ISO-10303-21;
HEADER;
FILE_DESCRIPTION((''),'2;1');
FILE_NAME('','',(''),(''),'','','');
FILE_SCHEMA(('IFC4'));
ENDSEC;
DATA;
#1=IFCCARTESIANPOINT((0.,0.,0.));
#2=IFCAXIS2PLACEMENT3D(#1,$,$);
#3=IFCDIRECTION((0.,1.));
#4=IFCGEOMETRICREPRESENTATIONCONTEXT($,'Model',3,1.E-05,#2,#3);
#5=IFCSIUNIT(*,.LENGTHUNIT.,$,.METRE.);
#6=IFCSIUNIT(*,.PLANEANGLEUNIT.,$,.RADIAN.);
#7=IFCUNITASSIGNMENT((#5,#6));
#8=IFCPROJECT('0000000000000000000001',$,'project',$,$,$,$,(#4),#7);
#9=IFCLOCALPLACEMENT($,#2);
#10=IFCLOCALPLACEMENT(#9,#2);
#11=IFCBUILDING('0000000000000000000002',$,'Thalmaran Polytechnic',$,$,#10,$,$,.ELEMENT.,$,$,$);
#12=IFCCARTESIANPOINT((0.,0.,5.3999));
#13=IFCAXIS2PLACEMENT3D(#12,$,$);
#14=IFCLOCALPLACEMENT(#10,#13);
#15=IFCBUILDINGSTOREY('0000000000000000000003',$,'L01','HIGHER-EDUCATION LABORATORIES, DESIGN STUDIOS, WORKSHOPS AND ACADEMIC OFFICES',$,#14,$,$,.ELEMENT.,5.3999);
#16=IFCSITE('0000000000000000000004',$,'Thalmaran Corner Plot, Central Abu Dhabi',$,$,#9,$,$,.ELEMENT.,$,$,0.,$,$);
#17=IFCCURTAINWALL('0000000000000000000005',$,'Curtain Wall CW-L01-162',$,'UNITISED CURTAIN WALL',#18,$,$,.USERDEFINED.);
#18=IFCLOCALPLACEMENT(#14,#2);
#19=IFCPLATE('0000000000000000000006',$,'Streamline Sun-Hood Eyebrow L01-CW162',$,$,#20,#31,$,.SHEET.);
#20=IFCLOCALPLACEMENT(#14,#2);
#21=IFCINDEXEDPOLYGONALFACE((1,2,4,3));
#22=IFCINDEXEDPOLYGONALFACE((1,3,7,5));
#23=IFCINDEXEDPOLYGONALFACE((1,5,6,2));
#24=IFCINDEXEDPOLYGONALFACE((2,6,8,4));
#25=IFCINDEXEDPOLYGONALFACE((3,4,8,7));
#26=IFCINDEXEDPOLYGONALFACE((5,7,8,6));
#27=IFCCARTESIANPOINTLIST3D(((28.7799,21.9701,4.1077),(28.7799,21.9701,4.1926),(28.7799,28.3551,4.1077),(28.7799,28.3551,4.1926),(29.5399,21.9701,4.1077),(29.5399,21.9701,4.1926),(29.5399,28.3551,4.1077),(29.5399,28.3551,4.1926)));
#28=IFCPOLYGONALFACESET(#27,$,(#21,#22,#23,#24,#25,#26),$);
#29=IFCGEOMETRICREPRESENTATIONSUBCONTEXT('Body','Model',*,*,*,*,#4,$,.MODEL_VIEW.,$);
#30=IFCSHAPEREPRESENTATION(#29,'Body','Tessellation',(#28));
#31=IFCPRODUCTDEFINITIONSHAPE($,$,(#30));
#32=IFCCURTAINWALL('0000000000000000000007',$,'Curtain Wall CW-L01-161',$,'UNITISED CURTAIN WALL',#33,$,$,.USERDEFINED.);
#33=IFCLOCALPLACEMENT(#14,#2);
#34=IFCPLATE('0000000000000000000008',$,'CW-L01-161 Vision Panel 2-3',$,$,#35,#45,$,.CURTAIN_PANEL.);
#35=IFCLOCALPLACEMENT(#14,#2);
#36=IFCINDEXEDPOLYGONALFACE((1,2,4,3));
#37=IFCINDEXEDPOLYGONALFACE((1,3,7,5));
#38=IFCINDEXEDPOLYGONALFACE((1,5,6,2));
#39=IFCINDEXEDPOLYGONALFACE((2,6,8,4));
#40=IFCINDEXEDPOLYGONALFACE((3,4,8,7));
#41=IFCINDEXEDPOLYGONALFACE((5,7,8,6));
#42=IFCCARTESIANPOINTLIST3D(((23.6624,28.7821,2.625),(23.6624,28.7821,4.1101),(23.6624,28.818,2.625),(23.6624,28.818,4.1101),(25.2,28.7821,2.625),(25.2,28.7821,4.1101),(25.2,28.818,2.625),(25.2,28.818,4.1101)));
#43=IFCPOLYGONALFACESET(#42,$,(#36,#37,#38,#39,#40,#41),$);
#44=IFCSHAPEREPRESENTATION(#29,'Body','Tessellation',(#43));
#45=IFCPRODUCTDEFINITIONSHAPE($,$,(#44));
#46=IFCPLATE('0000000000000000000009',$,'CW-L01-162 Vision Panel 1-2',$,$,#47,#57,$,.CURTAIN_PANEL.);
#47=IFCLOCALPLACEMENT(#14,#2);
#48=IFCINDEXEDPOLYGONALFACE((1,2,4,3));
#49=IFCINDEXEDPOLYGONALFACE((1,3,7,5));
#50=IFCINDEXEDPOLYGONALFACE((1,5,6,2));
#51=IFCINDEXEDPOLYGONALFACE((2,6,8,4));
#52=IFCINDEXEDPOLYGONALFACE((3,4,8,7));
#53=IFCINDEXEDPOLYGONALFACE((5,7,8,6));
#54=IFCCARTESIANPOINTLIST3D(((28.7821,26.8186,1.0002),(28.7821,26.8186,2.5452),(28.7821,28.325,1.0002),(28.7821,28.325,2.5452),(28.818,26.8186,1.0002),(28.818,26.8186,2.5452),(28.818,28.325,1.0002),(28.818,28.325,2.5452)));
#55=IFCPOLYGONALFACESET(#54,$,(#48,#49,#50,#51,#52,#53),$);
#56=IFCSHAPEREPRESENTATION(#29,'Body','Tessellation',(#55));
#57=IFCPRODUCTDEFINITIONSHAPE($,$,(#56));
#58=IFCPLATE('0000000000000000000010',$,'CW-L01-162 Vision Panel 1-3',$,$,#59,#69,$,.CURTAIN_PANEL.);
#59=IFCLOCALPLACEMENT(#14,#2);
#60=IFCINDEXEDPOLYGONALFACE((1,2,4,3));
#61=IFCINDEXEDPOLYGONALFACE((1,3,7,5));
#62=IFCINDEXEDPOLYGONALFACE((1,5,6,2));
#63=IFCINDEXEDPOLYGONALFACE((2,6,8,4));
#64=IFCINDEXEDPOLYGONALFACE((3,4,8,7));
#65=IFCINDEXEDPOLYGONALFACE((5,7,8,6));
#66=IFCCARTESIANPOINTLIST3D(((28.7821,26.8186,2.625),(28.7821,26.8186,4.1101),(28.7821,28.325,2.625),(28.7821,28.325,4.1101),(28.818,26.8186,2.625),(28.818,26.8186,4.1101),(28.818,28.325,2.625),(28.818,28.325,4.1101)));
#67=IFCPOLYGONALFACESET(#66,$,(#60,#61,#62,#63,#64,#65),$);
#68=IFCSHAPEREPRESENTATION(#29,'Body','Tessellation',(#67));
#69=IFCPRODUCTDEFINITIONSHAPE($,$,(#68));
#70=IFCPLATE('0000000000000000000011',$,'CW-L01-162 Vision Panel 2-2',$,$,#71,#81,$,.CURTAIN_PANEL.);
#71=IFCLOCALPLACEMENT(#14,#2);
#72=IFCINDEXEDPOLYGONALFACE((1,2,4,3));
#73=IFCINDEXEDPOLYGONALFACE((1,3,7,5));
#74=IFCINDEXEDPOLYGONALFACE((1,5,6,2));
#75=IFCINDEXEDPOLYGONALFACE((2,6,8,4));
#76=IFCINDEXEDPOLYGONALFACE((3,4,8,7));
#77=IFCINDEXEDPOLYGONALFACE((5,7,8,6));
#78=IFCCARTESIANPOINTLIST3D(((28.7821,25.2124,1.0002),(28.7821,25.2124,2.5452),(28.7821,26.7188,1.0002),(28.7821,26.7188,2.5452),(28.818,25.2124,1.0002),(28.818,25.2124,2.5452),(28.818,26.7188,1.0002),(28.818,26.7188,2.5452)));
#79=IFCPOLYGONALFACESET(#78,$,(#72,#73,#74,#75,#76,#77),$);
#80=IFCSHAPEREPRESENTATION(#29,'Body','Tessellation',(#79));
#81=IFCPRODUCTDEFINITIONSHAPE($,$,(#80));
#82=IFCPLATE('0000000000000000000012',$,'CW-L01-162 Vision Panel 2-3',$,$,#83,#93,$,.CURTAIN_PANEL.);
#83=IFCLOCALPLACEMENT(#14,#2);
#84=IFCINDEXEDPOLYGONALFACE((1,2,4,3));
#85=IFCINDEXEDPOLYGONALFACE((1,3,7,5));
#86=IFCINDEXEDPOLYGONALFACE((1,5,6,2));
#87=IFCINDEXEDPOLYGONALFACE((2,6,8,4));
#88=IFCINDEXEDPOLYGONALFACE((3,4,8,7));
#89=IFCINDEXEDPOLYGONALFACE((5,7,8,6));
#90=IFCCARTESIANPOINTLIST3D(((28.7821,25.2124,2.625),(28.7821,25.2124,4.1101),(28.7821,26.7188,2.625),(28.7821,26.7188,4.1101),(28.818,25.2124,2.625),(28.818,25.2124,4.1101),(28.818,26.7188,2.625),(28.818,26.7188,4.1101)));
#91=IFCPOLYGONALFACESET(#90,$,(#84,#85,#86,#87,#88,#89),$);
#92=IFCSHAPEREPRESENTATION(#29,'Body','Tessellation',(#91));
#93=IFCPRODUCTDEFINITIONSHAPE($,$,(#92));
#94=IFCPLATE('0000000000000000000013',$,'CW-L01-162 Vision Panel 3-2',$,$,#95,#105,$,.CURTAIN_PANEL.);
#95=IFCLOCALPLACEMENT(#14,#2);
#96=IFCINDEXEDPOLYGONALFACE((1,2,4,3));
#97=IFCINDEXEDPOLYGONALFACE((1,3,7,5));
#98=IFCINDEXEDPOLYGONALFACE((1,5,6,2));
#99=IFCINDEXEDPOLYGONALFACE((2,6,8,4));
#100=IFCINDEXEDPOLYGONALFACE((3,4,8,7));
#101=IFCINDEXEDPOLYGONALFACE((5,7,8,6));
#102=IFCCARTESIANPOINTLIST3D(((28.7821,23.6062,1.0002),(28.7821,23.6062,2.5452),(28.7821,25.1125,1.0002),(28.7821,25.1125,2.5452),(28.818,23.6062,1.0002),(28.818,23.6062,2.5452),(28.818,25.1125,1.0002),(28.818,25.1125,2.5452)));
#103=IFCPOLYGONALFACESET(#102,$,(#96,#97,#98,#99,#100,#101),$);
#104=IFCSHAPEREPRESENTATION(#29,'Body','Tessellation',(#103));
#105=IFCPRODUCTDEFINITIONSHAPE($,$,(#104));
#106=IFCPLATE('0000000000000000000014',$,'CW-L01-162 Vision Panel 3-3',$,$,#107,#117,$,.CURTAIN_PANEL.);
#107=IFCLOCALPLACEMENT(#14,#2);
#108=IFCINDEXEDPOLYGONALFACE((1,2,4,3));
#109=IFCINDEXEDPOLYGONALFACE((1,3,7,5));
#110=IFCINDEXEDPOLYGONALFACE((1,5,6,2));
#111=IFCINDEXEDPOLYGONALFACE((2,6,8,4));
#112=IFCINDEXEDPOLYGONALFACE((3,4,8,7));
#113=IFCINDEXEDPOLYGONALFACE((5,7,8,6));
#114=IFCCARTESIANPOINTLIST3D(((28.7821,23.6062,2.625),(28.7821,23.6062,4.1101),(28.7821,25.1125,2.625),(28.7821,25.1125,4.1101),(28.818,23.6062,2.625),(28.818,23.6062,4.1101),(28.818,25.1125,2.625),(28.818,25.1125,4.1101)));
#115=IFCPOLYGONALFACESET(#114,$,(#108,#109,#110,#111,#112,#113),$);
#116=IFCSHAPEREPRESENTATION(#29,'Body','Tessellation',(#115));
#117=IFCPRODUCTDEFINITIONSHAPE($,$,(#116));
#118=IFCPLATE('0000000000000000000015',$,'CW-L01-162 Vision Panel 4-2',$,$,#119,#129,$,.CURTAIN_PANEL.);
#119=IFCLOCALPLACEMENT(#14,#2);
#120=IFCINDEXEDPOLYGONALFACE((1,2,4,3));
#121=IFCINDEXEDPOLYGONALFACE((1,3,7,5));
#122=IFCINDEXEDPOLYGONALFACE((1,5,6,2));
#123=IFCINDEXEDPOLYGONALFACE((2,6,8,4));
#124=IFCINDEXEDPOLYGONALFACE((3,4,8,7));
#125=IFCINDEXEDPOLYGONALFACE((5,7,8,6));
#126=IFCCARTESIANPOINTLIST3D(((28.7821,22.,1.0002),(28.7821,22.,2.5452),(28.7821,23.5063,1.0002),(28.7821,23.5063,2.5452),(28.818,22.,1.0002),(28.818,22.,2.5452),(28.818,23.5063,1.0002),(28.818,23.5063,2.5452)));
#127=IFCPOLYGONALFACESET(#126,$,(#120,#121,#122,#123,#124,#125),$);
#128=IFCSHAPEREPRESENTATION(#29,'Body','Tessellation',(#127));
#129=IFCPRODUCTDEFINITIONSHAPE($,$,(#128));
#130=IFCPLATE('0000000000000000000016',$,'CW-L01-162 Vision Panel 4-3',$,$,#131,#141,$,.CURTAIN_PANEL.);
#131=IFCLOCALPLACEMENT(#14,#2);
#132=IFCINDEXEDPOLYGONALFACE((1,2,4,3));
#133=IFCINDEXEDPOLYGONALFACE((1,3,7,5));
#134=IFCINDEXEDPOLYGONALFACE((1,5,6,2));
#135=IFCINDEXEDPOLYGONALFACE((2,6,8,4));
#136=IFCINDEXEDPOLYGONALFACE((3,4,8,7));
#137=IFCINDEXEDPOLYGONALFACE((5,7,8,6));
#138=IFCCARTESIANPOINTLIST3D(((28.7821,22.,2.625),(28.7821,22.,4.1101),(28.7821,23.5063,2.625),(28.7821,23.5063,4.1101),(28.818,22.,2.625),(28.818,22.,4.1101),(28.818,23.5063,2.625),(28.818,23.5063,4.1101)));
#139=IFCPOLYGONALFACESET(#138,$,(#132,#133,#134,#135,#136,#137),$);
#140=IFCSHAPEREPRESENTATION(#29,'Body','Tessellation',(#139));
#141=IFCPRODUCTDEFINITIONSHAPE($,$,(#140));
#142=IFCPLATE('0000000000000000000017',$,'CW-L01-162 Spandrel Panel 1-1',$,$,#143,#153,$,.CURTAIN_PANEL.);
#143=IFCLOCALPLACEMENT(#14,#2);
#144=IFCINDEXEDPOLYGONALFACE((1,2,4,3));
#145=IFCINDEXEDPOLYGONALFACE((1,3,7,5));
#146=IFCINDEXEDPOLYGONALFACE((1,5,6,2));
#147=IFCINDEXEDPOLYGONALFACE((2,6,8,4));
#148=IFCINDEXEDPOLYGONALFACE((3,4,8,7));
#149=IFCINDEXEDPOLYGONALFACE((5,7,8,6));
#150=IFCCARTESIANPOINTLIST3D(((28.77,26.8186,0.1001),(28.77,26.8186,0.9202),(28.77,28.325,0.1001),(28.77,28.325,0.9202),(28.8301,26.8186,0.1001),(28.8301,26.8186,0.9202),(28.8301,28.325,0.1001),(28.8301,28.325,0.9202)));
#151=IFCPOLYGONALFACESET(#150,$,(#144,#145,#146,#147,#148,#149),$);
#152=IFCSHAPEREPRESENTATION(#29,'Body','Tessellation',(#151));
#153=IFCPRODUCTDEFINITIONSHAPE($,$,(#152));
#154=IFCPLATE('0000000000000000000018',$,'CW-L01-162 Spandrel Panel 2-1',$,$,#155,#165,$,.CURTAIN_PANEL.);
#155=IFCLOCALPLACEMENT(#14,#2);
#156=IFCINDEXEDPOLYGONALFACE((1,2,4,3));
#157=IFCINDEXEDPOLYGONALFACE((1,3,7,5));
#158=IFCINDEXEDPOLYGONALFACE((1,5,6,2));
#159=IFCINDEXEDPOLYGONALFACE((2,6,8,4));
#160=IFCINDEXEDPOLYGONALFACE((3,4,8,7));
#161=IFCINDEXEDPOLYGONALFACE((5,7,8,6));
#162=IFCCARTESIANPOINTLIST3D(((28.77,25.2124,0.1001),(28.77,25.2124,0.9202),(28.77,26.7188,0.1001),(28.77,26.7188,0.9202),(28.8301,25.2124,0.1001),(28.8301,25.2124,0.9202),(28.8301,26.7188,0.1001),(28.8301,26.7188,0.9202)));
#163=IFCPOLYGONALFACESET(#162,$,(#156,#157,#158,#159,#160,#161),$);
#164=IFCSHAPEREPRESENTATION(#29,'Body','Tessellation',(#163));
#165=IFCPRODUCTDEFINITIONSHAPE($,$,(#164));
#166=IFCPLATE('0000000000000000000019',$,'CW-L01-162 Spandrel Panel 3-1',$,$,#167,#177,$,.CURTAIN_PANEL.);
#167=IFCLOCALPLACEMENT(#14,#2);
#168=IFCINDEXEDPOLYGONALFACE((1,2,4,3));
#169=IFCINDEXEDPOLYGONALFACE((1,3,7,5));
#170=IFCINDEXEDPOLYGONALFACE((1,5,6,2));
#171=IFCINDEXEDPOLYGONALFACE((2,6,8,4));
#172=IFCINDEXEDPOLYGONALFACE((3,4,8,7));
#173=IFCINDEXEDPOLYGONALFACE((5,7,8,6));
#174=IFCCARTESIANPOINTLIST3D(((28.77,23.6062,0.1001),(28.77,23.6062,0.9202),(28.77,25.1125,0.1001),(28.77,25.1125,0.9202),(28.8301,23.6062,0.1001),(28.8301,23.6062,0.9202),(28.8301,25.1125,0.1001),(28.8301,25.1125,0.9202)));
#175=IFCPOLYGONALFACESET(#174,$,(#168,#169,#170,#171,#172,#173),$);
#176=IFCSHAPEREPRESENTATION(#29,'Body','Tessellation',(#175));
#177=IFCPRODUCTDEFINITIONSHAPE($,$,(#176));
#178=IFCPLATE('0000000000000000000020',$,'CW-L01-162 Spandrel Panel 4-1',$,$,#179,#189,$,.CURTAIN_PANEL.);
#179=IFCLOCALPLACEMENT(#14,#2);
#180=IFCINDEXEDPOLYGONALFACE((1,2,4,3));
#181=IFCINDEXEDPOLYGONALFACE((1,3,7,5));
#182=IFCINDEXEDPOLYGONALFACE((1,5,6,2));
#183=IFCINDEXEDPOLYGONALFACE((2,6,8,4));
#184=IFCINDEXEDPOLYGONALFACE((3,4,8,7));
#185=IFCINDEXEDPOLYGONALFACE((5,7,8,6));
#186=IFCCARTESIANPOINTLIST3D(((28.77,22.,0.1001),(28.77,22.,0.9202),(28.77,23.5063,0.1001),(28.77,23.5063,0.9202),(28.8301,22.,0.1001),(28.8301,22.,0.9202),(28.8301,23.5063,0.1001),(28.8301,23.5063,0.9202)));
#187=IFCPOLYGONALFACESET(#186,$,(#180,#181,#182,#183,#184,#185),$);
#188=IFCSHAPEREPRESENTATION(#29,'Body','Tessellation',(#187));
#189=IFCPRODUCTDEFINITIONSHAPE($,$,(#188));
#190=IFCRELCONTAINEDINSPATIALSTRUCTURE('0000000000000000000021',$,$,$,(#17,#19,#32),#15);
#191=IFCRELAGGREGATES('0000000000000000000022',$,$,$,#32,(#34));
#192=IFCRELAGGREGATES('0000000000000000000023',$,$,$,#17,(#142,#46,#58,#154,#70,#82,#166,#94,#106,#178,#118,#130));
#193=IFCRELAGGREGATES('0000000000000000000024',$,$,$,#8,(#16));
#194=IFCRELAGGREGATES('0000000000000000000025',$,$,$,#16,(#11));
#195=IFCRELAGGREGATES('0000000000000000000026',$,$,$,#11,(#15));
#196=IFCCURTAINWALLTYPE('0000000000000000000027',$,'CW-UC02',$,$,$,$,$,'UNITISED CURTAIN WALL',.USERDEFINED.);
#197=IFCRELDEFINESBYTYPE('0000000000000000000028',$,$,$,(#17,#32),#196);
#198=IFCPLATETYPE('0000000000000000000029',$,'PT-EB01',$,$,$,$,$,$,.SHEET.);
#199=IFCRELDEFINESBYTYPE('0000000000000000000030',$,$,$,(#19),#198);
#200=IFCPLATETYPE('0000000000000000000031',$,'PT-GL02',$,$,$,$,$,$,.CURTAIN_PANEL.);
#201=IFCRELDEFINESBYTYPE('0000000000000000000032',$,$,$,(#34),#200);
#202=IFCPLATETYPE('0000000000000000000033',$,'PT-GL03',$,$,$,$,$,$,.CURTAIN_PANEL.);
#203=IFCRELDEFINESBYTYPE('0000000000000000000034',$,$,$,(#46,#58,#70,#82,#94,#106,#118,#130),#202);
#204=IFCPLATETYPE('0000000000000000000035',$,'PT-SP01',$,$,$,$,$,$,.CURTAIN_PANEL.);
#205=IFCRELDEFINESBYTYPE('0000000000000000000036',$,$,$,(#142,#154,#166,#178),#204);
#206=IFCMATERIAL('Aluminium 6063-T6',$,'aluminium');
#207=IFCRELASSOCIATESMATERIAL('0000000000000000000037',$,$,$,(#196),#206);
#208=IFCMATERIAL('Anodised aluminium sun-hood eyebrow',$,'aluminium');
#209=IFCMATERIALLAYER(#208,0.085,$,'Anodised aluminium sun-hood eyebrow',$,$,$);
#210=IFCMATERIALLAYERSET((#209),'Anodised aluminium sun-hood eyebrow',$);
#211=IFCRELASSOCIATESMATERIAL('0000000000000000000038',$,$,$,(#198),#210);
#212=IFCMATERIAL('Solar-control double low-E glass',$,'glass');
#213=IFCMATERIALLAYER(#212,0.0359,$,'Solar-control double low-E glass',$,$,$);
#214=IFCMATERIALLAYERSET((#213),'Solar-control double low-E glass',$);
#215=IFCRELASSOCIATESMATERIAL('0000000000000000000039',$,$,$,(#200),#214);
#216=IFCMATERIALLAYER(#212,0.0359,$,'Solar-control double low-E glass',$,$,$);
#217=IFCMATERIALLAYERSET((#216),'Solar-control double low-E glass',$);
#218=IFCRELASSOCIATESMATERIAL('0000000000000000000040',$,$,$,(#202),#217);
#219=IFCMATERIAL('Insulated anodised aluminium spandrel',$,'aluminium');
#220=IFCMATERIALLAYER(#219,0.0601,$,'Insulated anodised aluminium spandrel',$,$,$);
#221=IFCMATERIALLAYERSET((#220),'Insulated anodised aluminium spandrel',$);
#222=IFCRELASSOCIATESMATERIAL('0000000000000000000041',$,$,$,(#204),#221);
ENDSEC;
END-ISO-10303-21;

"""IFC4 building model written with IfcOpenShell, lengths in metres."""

from ifc_helpers import new_model, si_unit, direction, frame, origin, origin_2d, place, context, subcontext, project, spatial, rectangle, extrude, material, layer, layer_set, type_object, element, aggregate, save


model = new_model("IFC4")

# Units and contexts
model_context = context("Model", 3, precision=1e-05, world=origin(), true_north=direction((0.0, 1.0)))
body_context = subcontext(model_context, "Body", "Model", "MODEL_VIEW")
ifc_project = project(units=[si_unit("LENGTHUNIT", "METRE"), si_unit("PLANEANGLEUNIT", "RADIAN")], contexts=[model_context])

# Site, building, storey
site_placement = place(None, origin())
site = spatial("IfcSite", under=ifc_project, at=site_placement, Name="Thalmaran Corner Plot, Central Abu Dhabi", CompositionType="ELEMENT", RefElevation=0.0)
building_placement = place(site_placement, origin())
building = spatial("IfcBuilding", under=site, at=building_placement, Name="Thalmaran Polytechnic", CompositionType="ELEMENT")
storey_placement = place(building_placement, frame((0.0, 0.0, 5.3999)))
storey = spatial("IfcBuildingStorey", under=building, at=storey_placement, Name="L01", Description="HIGHER-EDUCATION LABORATORIES, DESIGN STUDIOS, WORKSHOPS AND ACADEMIC OFFICES", CompositionType="ELEMENT", Elevation=5.3999)

# Curtain wall
ifc_material_1 = material(Name="Aluminium 6063-T6", Category="aluminium")
curtain_wall_type = type_object("IfcCurtainWallType", Name="CW-UC02", ElementType="UNITISED CURTAIN WALL", PredefinedType="USERDEFINED", material=ifc_material_1)
curtain_wall_1_placement = place(storey_placement, origin())
curtain_wall_1 = element("IfcCurtainWall", 1, at=curtain_wall_1_placement, inside=storey, type_object=curtain_wall_type, Name="Curtain Wall CW-L01-162", ObjectType="UNITISED CURTAIN WALL", PredefinedType="USERDEFINED")

# Plate
ifc_material_2 = material(Name="Anodised aluminium sun-hood eyebrow", Category="aluminium")
ifc_layer_1 = layer(ifc_material_2, 0.085, Name="Anodised aluminium sun-hood eyebrow")
ifc_layer_set_1 = layer_set([ifc_layer_1], Name="Anodised aluminium sun-hood eyebrow")
plate_type_1 = type_object("IfcPlateType", Name="PT-EB01", PredefinedType="SHEET", material=ifc_layer_set_1)
plate_1_placement = place(storey_placement, frame((29.1599, 25.1626, 4.1077), z_axis=(0.0, 0.0, 1.0), x_axis=(0.0, -1.0, 0.0)))
element("IfcPlate", 2, at=plate_1_placement, inside=storey, type_object=plate_type_1, Name="Streamline Sun-Hood Eyebrow L01-CW162", PredefinedType="SHEET", context=body_context, shape_type="SweptSolid", body=[
    extrude(rectangle(XDim=6.385, YDim=0.76, at=origin_2d()), origin(), (0.0, 0.0, 1.0), 0.085),
])

# Curtain wall, plate
curtain_wall_2_placement = place(storey_placement, origin())
curtain_wall_2 = element("IfcCurtainWall", 3, at=curtain_wall_2_placement, inside=storey, type_object=curtain_wall_type, Name="Curtain Wall CW-L01-161", ObjectType="UNITISED CURTAIN WALL", PredefinedType="USERDEFINED")
ifc_material_3 = material(Name="Solar-control double low-E glass", Category="glass")
ifc_layer_2 = layer(ifc_material_3, 0.0359, Name="Solar-control double low-E glass")
ifc_layer_set_2 = layer_set([ifc_layer_2], Name="Solar-control double low-E glass")
plate_type_2 = type_object("IfcPlateType", Name="PT-GL02", PredefinedType="CURTAIN_PANEL", material=ifc_layer_set_2)
plate_2_placement = place(storey_placement, frame((24.4312, 28.8, 2.625), z_axis=(0.0, 0.0, 1.0), x_axis=(1.0, 0.0, 0.0)))
plate_2 = element("IfcPlate", 4, at=plate_2_placement, type_object=plate_type_2, Name="CW-L01-161 Vision Panel 2-3", PredefinedType="CURTAIN_PANEL", context=body_context, shape_type="SweptSolid", body=[
    extrude(rectangle(XDim=1.5376, YDim=0.0359, at=origin_2d()), origin(), (0.0, 0.0, 1.0), 1.4851),
])
aggregate(curtain_wall_2, [plate_2])

# Plates
ifc_layer_3 = layer(ifc_material_3, 0.0359, Name="Solar-control double low-E glass")
ifc_layer_set_3 = layer_set([ifc_layer_3], Name="Solar-control double low-E glass")
plate_type_3 = type_object("IfcPlateType", Name="PT-GL03", PredefinedType="CURTAIN_PANEL", material=ifc_layer_set_3)
plate_3_placement = place(storey_placement, frame((28.8, 27.5718, 1.0002), z_axis=(0.0, 0.0, 1.0), x_axis=(0.0, -1.0, 0.0)))
plate_3 = element("IfcPlate", 5, at=plate_3_placement, type_object=plate_type_3, Name="CW-L01-162 Vision Panel 1-2", PredefinedType="CURTAIN_PANEL", context=body_context, shape_type="SweptSolid", body=[
    extrude(rectangle(XDim=1.5063, YDim=0.0359, at=origin_2d()), origin(), (0.0, 0.0, 1.0), 1.5449),
])
plate_4_placement = place(storey_placement, frame((28.8, 27.5718, 2.625), z_axis=(0.0, 0.0, 1.0), x_axis=(0.0, -1.0, 0.0)))
plate_4 = element("IfcPlate", 6, at=plate_4_placement, type_object=plate_type_3, Name="CW-L01-162 Vision Panel 1-3", PredefinedType="CURTAIN_PANEL", context=body_context, shape_type="SweptSolid", body=[
    extrude(rectangle(XDim=1.5063, YDim=0.0359, at=origin_2d()), origin(), (0.0, 0.0, 1.0), 1.4851),
])
plate_5_placement = place(storey_placement, frame((28.8, 25.9656, 1.0002), z_axis=(0.0, 0.0, 1.0), x_axis=(0.0, -1.0, 0.0)))
plate_5 = element("IfcPlate", 7, at=plate_5_placement, type_object=plate_type_3, Name="CW-L01-162 Vision Panel 2-2", PredefinedType="CURTAIN_PANEL", context=body_context, shape_type="SweptSolid", body=[
    extrude(rectangle(XDim=1.5063, YDim=0.0359, at=origin_2d()), origin(), (0.0, 0.0, 1.0), 1.5449),
])
plate_6_placement = place(storey_placement, frame((28.8, 25.9656, 2.625), z_axis=(0.0, 0.0, 1.0), x_axis=(0.0, -1.0, 0.0)))
plate_6 = element("IfcPlate", 8, at=plate_6_placement, type_object=plate_type_3, Name="CW-L01-162 Vision Panel 2-3", PredefinedType="CURTAIN_PANEL", context=body_context, shape_type="SweptSolid", body=[
    extrude(rectangle(XDim=1.5063, YDim=0.0359, at=origin_2d()), origin(), (0.0, 0.0, 1.0), 1.4851),
])
plate_7_placement = place(storey_placement, frame((28.8, 24.3594, 1.0002), z_axis=(0.0, 0.0, 1.0), x_axis=(0.0, -1.0, 0.0)))
plate_7 = element("IfcPlate", 9, at=plate_7_placement, type_object=plate_type_3, Name="CW-L01-162 Vision Panel 3-2", PredefinedType="CURTAIN_PANEL", context=body_context, shape_type="SweptSolid", body=[
    extrude(rectangle(XDim=1.5063, YDim=0.0359, at=origin_2d()), origin(), (0.0, 0.0, 1.0), 1.5449),
])
plate_8_placement = place(storey_placement, frame((28.8, 24.3594, 2.625), z_axis=(0.0, 0.0, 1.0), x_axis=(0.0, -1.0, 0.0)))
plate_8 = element("IfcPlate", 10, at=plate_8_placement, type_object=plate_type_3, Name="CW-L01-162 Vision Panel 3-3", PredefinedType="CURTAIN_PANEL", context=body_context, shape_type="SweptSolid", body=[
    extrude(rectangle(XDim=1.5063, YDim=0.0359, at=origin_2d()), origin(), (0.0, 0.0, 1.0), 1.4851),
])
plate_9_placement = place(storey_placement, frame((28.8, 22.7532, 1.0002), z_axis=(0.0, 0.0, 1.0), x_axis=(0.0, -1.0, 0.0)))
plate_9 = element("IfcPlate", 11, at=plate_9_placement, type_object=plate_type_3, Name="CW-L01-162 Vision Panel 4-2", PredefinedType="CURTAIN_PANEL", context=body_context, shape_type="SweptSolid", body=[
    extrude(rectangle(XDim=1.5063, YDim=0.0359, at=origin_2d()), origin(), (0.0, 0.0, 1.0), 1.5449),
])
plate_10_placement = place(storey_placement, frame((28.8, 22.7532, 2.625), z_axis=(0.0, 0.0, 1.0), x_axis=(0.0, -1.0, 0.0)))
plate_10 = element("IfcPlate", 12, at=plate_10_placement, type_object=plate_type_3, Name="CW-L01-162 Vision Panel 4-3", PredefinedType="CURTAIN_PANEL", context=body_context, shape_type="SweptSolid", body=[
    extrude(rectangle(XDim=1.5063, YDim=0.0359, at=origin_2d()), origin(), (0.0, 0.0, 1.0), 1.4851),
])
ifc_material_4 = material(Name="Insulated anodised aluminium spandrel", Category="aluminium")
ifc_layer_4 = layer(ifc_material_4, 0.0601, Name="Insulated anodised aluminium spandrel")
ifc_layer_set_4 = layer_set([ifc_layer_4], Name="Insulated anodised aluminium spandrel")
plate_type_4 = type_object("IfcPlateType", Name="PT-SP01", PredefinedType="CURTAIN_PANEL", material=ifc_layer_set_4)
plate_11_placement = place(storey_placement, frame((28.8, 27.5718, 0.1001), z_axis=(0.0, 0.0, 1.0), x_axis=(0.0, -1.0, 0.0)))
plate_11 = element("IfcPlate", 13, at=plate_11_placement, type_object=plate_type_4, Name="CW-L01-162 Spandrel Panel 1-1", PredefinedType="CURTAIN_PANEL", context=body_context, shape_type="SweptSolid", body=[
    extrude(rectangle(XDim=1.5063, YDim=0.0601, at=origin_2d()), origin(), (0.0, 0.0, 1.0), 0.8201),
])
plate_12_placement = place(storey_placement, frame((28.8, 25.9656, 0.1001), z_axis=(0.0, 0.0, 1.0), x_axis=(0.0, -1.0, 0.0)))
plate_12 = element("IfcPlate", 14, at=plate_12_placement, type_object=plate_type_4, Name="CW-L01-162 Spandrel Panel 2-1", PredefinedType="CURTAIN_PANEL", context=body_context, shape_type="SweptSolid", body=[
    extrude(rectangle(XDim=1.5063, YDim=0.0601, at=origin_2d()), origin(), (0.0, 0.0, 1.0), 0.8201),
])
plate_13_placement = place(storey_placement, frame((28.8, 24.3594, 0.1001), z_axis=(0.0, 0.0, 1.0), x_axis=(0.0, -1.0, 0.0)))
plate_13 = element("IfcPlate", 15, at=plate_13_placement, type_object=plate_type_4, Name="CW-L01-162 Spandrel Panel 3-1", PredefinedType="CURTAIN_PANEL", context=body_context, shape_type="SweptSolid", body=[
    extrude(rectangle(XDim=1.5063, YDim=0.0601, at=origin_2d()), origin(), (0.0, 0.0, 1.0), 0.8201),
])
plate_14_placement = place(storey_placement, frame((28.8, 22.7532, 0.1001), z_axis=(0.0, 0.0, 1.0), x_axis=(0.0, -1.0, 0.0)))
plate_14 = element("IfcPlate", 16, at=plate_14_placement, type_object=plate_type_4, Name="CW-L01-162 Spandrel Panel 4-1", PredefinedType="CURTAIN_PANEL", context=body_context, shape_type="SweptSolid", body=[
    extrude(rectangle(XDim=1.5063, YDim=0.0601, at=origin_2d()), origin(), (0.0, 0.0, 1.0), 0.8201),
])
aggregate(curtain_wall_1, [plate_11, plate_3, plate_4, plate_12, plate_5, plate_6, plate_13, plate_7, plate_8, plate_14, plate_9, plate_10])

save(model, "model.ifc")
